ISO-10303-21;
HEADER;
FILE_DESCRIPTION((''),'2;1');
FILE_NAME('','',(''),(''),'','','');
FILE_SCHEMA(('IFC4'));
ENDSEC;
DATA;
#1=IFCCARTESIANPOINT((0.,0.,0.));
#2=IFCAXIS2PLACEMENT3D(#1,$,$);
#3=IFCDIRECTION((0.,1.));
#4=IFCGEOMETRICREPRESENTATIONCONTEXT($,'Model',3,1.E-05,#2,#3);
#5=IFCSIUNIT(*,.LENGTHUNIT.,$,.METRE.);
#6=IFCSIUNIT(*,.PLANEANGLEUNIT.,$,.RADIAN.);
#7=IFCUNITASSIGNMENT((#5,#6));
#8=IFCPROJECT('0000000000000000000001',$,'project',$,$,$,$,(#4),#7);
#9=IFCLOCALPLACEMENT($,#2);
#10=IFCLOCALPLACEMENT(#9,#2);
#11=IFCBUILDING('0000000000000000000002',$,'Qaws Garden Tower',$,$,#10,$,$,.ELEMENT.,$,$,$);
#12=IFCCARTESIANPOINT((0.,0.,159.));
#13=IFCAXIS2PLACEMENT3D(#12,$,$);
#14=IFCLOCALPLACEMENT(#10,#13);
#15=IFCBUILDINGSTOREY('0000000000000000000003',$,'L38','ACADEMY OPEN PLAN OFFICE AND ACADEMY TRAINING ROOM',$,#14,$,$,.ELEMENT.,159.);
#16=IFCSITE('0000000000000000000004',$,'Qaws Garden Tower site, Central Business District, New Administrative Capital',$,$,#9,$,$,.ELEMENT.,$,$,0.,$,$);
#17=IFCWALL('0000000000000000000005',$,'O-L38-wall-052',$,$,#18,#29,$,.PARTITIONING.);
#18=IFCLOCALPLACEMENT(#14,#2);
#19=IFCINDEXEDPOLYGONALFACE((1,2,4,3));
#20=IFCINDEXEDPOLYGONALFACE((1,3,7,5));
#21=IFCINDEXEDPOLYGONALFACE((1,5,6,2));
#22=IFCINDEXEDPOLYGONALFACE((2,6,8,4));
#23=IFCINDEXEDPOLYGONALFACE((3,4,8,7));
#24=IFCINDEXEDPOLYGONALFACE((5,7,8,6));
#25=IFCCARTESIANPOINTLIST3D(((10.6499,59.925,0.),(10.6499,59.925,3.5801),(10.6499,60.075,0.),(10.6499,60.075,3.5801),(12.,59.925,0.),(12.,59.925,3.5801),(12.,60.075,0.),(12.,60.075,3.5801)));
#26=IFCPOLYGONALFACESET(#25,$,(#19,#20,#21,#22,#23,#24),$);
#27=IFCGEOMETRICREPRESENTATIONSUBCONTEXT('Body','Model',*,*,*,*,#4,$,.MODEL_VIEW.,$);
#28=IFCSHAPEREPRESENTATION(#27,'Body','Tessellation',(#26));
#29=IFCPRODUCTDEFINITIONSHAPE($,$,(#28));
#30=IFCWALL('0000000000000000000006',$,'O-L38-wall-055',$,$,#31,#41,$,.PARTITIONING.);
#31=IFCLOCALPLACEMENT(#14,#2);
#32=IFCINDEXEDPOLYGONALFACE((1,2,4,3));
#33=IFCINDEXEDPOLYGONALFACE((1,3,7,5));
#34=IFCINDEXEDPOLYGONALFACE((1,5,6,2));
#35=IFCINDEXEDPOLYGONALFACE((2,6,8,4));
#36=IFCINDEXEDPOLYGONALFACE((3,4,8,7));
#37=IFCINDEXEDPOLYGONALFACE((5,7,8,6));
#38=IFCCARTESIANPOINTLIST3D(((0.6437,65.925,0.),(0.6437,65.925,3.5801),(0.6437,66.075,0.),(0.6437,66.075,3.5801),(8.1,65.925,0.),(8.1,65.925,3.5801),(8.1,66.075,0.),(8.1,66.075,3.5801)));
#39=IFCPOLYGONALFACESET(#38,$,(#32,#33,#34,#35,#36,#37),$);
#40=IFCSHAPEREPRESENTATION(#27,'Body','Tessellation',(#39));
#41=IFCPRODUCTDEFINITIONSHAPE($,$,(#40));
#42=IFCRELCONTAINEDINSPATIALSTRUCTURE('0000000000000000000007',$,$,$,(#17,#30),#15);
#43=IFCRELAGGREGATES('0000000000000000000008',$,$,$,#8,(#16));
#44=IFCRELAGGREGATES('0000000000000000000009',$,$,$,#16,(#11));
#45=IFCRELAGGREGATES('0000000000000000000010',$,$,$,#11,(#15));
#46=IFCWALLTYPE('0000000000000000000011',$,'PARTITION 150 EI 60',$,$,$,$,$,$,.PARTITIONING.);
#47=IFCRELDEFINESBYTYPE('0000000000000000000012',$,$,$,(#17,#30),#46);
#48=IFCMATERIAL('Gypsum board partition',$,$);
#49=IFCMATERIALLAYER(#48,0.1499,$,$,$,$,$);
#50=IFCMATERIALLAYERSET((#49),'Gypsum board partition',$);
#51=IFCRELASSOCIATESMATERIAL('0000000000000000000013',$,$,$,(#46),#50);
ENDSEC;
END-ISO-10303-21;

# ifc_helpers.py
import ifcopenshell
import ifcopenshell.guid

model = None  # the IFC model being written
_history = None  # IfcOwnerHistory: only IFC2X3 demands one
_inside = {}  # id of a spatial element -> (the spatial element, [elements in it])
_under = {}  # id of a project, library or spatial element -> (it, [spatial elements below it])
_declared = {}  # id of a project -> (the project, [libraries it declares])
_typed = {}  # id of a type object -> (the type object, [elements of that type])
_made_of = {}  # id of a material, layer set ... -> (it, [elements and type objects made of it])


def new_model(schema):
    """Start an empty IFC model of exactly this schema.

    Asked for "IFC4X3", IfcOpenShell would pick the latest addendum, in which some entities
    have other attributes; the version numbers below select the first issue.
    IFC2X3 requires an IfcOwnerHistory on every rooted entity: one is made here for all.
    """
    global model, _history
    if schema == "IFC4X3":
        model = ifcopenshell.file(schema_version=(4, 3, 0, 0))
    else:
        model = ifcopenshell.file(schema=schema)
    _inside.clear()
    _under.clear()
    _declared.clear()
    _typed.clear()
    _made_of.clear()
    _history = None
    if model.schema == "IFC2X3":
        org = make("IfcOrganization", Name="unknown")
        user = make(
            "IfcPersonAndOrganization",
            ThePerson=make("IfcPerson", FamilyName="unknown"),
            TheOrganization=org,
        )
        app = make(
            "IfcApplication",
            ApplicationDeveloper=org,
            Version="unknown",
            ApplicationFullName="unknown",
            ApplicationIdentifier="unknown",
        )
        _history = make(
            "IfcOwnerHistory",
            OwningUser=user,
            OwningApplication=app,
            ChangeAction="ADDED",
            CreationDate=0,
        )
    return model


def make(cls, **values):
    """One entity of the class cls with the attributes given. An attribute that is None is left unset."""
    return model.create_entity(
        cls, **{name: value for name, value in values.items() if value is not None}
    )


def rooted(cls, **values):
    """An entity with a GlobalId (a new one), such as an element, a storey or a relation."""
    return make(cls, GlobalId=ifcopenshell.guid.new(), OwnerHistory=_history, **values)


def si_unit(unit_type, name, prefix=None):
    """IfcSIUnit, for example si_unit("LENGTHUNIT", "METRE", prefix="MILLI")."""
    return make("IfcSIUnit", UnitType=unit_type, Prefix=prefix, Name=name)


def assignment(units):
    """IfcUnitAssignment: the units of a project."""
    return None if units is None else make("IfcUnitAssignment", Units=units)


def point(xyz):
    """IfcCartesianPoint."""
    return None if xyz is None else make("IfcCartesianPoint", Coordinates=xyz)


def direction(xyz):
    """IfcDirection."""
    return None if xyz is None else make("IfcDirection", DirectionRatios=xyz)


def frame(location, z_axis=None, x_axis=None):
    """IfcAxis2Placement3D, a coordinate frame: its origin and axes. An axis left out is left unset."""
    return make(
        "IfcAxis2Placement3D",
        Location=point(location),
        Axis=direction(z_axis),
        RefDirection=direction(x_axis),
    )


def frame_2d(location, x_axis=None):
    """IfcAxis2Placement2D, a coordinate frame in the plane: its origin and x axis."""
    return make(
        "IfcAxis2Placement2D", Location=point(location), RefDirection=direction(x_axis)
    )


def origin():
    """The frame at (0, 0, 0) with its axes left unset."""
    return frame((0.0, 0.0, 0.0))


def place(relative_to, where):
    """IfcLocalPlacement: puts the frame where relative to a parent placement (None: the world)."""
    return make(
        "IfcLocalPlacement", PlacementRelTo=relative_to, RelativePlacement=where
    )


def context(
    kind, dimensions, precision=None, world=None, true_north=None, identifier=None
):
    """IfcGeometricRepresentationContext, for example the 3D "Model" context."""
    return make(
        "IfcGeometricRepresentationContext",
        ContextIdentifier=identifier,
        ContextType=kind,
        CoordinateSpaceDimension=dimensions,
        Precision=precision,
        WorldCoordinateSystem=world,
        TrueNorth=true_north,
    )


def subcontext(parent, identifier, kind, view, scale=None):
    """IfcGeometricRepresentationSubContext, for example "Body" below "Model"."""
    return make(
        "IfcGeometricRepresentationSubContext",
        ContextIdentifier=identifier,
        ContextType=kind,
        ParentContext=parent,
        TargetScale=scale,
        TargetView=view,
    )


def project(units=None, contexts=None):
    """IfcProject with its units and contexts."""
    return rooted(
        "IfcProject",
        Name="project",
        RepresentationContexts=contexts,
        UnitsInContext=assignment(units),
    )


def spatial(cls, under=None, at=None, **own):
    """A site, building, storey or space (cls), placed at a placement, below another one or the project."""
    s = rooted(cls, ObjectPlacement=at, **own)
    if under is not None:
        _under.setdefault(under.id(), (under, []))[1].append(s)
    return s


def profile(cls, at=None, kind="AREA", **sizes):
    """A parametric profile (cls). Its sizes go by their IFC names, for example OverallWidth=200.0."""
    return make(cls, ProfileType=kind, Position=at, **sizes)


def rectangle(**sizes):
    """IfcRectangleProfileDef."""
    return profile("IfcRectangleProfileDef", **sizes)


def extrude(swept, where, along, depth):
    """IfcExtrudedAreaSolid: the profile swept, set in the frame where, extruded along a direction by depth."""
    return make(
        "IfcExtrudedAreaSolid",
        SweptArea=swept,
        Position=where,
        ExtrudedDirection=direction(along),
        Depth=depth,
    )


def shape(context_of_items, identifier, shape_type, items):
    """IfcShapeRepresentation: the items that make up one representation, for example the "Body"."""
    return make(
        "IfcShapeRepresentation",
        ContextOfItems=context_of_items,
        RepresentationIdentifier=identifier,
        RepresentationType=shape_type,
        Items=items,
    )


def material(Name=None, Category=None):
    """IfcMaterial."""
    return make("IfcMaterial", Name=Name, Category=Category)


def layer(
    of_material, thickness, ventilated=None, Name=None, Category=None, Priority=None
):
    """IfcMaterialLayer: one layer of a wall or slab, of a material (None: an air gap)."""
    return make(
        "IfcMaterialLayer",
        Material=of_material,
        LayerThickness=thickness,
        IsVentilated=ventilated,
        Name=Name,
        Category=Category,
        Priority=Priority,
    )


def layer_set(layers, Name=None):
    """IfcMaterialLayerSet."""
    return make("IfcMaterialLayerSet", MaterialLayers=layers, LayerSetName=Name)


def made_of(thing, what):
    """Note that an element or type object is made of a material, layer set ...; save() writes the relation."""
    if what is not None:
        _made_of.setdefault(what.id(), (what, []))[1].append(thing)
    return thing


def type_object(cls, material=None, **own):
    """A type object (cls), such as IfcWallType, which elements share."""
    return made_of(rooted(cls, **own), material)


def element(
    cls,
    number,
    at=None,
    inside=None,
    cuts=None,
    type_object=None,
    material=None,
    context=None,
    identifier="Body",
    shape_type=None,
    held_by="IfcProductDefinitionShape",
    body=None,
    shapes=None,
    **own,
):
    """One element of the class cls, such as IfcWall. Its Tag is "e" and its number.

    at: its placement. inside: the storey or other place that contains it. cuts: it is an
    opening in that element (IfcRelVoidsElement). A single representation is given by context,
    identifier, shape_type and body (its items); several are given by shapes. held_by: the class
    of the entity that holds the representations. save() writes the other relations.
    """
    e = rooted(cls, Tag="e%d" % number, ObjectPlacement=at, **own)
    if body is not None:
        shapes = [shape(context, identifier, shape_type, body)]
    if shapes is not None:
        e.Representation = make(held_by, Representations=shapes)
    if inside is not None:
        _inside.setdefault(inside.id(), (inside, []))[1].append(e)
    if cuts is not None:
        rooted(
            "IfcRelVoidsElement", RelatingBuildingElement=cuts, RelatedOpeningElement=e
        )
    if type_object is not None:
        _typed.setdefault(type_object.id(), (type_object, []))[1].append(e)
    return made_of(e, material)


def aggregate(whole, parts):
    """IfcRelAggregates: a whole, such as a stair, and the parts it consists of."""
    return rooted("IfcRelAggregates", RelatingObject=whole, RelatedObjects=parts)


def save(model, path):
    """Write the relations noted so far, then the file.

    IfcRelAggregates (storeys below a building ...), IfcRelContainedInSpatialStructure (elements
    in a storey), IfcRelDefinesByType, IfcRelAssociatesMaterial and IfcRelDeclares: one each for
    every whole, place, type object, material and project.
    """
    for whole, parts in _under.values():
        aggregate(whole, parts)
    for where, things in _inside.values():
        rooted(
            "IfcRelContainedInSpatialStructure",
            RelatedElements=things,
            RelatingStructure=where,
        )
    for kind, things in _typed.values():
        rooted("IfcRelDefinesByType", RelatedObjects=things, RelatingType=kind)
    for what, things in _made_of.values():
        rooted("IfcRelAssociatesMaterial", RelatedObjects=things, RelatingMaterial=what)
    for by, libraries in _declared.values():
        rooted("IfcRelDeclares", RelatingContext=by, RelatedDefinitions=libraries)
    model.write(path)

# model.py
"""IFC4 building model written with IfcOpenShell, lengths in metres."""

from ifc_helpers import new_model, si_unit, direction, frame, frame_2d, origin, place, context, subcontext, project, spatial, rectangle, extrude, material, layer, layer_set, type_object, element, save


model = new_model("IFC4")

# Units and contexts
model_context = context("Model", 3, precision=1e-05, world=origin(), true_north=direction((0.0, 1.0)))
body_context = subcontext(model_context, "Body", "Model", "MODEL_VIEW")
ifc_project = project(units=[si_unit("LENGTHUNIT", "METRE"), si_unit("PLANEANGLEUNIT", "RADIAN")], contexts=[model_context])

# Site, building, storey
site_placement = place(None, origin())
site = spatial("IfcSite", under=ifc_project, at=site_placement, Name="Qaws Garden Tower site, Central Business District, New Administrative Capital", CompositionType="ELEMENT", RefElevation=0.0)
building_placement = place(site_placement, origin())
building = spatial("IfcBuilding", under=site, at=building_placement, Name="Qaws Garden Tower", CompositionType="ELEMENT")
storey_placement = place(building_placement, frame((0.0, 0.0, 159.0)))
storey = spatial("IfcBuildingStorey", under=building, at=storey_placement, Name="L38", Description="ACADEMY OPEN PLAN OFFICE AND ACADEMY TRAINING ROOM", CompositionType="ELEMENT", Elevation=159.0)

# Shared definitions
ifc_material_1 = material(Name="Gypsum board partition")
ifc_layer_1 = layer(ifc_material_1, 0.1499)
ifc_layer_set_1 = layer_set([ifc_layer_1], Name="Gypsum board partition")
wall_type_1 = type_object("IfcWallType", Name="PARTITION 150 EI 60", PredefinedType="PARTITIONING", material=ifc_layer_set_1)

# Walls
wall_1_placement = place(storey_placement, frame((10.6499, 60.0, 0.0), z_axis=(0.0, 0.0, 1.0), x_axis=(1.0, 0.0, 0.0)))
element("IfcWall", 1, at=wall_1_placement, inside=storey, type_object=wall_type_1, Name="O-L38-wall-052", PredefinedType="PARTITIONING", context=body_context, shape_type="SweptSolid", body=[
    extrude(rectangle(XDim=1.3501, YDim=0.1499, at=frame_2d((0.675, 0.0))), origin(), (0.0, 0.0, 1.0), 3.5801),
])
wall_2_placement = place(storey_placement, frame((0.6438, 66.0, 0.0), z_axis=(0.0, 0.0, 1.0), x_axis=(1.0, 0.0, 0.0)))
element("IfcWall", 2, at=wall_2_placement, inside=storey, type_object=wall_type_1, Name="O-L38-wall-055", PredefinedType="PARTITIONING", context=body_context, shape_type="SweptSolid", body=[
    extrude(rectangle(XDim=7.4563, YDim=0.1499, at=frame_2d((3.728, 0.0))), origin(), (0.0, 0.0, 1.0), 3.5801),
])

save(model, "model.ifc")
